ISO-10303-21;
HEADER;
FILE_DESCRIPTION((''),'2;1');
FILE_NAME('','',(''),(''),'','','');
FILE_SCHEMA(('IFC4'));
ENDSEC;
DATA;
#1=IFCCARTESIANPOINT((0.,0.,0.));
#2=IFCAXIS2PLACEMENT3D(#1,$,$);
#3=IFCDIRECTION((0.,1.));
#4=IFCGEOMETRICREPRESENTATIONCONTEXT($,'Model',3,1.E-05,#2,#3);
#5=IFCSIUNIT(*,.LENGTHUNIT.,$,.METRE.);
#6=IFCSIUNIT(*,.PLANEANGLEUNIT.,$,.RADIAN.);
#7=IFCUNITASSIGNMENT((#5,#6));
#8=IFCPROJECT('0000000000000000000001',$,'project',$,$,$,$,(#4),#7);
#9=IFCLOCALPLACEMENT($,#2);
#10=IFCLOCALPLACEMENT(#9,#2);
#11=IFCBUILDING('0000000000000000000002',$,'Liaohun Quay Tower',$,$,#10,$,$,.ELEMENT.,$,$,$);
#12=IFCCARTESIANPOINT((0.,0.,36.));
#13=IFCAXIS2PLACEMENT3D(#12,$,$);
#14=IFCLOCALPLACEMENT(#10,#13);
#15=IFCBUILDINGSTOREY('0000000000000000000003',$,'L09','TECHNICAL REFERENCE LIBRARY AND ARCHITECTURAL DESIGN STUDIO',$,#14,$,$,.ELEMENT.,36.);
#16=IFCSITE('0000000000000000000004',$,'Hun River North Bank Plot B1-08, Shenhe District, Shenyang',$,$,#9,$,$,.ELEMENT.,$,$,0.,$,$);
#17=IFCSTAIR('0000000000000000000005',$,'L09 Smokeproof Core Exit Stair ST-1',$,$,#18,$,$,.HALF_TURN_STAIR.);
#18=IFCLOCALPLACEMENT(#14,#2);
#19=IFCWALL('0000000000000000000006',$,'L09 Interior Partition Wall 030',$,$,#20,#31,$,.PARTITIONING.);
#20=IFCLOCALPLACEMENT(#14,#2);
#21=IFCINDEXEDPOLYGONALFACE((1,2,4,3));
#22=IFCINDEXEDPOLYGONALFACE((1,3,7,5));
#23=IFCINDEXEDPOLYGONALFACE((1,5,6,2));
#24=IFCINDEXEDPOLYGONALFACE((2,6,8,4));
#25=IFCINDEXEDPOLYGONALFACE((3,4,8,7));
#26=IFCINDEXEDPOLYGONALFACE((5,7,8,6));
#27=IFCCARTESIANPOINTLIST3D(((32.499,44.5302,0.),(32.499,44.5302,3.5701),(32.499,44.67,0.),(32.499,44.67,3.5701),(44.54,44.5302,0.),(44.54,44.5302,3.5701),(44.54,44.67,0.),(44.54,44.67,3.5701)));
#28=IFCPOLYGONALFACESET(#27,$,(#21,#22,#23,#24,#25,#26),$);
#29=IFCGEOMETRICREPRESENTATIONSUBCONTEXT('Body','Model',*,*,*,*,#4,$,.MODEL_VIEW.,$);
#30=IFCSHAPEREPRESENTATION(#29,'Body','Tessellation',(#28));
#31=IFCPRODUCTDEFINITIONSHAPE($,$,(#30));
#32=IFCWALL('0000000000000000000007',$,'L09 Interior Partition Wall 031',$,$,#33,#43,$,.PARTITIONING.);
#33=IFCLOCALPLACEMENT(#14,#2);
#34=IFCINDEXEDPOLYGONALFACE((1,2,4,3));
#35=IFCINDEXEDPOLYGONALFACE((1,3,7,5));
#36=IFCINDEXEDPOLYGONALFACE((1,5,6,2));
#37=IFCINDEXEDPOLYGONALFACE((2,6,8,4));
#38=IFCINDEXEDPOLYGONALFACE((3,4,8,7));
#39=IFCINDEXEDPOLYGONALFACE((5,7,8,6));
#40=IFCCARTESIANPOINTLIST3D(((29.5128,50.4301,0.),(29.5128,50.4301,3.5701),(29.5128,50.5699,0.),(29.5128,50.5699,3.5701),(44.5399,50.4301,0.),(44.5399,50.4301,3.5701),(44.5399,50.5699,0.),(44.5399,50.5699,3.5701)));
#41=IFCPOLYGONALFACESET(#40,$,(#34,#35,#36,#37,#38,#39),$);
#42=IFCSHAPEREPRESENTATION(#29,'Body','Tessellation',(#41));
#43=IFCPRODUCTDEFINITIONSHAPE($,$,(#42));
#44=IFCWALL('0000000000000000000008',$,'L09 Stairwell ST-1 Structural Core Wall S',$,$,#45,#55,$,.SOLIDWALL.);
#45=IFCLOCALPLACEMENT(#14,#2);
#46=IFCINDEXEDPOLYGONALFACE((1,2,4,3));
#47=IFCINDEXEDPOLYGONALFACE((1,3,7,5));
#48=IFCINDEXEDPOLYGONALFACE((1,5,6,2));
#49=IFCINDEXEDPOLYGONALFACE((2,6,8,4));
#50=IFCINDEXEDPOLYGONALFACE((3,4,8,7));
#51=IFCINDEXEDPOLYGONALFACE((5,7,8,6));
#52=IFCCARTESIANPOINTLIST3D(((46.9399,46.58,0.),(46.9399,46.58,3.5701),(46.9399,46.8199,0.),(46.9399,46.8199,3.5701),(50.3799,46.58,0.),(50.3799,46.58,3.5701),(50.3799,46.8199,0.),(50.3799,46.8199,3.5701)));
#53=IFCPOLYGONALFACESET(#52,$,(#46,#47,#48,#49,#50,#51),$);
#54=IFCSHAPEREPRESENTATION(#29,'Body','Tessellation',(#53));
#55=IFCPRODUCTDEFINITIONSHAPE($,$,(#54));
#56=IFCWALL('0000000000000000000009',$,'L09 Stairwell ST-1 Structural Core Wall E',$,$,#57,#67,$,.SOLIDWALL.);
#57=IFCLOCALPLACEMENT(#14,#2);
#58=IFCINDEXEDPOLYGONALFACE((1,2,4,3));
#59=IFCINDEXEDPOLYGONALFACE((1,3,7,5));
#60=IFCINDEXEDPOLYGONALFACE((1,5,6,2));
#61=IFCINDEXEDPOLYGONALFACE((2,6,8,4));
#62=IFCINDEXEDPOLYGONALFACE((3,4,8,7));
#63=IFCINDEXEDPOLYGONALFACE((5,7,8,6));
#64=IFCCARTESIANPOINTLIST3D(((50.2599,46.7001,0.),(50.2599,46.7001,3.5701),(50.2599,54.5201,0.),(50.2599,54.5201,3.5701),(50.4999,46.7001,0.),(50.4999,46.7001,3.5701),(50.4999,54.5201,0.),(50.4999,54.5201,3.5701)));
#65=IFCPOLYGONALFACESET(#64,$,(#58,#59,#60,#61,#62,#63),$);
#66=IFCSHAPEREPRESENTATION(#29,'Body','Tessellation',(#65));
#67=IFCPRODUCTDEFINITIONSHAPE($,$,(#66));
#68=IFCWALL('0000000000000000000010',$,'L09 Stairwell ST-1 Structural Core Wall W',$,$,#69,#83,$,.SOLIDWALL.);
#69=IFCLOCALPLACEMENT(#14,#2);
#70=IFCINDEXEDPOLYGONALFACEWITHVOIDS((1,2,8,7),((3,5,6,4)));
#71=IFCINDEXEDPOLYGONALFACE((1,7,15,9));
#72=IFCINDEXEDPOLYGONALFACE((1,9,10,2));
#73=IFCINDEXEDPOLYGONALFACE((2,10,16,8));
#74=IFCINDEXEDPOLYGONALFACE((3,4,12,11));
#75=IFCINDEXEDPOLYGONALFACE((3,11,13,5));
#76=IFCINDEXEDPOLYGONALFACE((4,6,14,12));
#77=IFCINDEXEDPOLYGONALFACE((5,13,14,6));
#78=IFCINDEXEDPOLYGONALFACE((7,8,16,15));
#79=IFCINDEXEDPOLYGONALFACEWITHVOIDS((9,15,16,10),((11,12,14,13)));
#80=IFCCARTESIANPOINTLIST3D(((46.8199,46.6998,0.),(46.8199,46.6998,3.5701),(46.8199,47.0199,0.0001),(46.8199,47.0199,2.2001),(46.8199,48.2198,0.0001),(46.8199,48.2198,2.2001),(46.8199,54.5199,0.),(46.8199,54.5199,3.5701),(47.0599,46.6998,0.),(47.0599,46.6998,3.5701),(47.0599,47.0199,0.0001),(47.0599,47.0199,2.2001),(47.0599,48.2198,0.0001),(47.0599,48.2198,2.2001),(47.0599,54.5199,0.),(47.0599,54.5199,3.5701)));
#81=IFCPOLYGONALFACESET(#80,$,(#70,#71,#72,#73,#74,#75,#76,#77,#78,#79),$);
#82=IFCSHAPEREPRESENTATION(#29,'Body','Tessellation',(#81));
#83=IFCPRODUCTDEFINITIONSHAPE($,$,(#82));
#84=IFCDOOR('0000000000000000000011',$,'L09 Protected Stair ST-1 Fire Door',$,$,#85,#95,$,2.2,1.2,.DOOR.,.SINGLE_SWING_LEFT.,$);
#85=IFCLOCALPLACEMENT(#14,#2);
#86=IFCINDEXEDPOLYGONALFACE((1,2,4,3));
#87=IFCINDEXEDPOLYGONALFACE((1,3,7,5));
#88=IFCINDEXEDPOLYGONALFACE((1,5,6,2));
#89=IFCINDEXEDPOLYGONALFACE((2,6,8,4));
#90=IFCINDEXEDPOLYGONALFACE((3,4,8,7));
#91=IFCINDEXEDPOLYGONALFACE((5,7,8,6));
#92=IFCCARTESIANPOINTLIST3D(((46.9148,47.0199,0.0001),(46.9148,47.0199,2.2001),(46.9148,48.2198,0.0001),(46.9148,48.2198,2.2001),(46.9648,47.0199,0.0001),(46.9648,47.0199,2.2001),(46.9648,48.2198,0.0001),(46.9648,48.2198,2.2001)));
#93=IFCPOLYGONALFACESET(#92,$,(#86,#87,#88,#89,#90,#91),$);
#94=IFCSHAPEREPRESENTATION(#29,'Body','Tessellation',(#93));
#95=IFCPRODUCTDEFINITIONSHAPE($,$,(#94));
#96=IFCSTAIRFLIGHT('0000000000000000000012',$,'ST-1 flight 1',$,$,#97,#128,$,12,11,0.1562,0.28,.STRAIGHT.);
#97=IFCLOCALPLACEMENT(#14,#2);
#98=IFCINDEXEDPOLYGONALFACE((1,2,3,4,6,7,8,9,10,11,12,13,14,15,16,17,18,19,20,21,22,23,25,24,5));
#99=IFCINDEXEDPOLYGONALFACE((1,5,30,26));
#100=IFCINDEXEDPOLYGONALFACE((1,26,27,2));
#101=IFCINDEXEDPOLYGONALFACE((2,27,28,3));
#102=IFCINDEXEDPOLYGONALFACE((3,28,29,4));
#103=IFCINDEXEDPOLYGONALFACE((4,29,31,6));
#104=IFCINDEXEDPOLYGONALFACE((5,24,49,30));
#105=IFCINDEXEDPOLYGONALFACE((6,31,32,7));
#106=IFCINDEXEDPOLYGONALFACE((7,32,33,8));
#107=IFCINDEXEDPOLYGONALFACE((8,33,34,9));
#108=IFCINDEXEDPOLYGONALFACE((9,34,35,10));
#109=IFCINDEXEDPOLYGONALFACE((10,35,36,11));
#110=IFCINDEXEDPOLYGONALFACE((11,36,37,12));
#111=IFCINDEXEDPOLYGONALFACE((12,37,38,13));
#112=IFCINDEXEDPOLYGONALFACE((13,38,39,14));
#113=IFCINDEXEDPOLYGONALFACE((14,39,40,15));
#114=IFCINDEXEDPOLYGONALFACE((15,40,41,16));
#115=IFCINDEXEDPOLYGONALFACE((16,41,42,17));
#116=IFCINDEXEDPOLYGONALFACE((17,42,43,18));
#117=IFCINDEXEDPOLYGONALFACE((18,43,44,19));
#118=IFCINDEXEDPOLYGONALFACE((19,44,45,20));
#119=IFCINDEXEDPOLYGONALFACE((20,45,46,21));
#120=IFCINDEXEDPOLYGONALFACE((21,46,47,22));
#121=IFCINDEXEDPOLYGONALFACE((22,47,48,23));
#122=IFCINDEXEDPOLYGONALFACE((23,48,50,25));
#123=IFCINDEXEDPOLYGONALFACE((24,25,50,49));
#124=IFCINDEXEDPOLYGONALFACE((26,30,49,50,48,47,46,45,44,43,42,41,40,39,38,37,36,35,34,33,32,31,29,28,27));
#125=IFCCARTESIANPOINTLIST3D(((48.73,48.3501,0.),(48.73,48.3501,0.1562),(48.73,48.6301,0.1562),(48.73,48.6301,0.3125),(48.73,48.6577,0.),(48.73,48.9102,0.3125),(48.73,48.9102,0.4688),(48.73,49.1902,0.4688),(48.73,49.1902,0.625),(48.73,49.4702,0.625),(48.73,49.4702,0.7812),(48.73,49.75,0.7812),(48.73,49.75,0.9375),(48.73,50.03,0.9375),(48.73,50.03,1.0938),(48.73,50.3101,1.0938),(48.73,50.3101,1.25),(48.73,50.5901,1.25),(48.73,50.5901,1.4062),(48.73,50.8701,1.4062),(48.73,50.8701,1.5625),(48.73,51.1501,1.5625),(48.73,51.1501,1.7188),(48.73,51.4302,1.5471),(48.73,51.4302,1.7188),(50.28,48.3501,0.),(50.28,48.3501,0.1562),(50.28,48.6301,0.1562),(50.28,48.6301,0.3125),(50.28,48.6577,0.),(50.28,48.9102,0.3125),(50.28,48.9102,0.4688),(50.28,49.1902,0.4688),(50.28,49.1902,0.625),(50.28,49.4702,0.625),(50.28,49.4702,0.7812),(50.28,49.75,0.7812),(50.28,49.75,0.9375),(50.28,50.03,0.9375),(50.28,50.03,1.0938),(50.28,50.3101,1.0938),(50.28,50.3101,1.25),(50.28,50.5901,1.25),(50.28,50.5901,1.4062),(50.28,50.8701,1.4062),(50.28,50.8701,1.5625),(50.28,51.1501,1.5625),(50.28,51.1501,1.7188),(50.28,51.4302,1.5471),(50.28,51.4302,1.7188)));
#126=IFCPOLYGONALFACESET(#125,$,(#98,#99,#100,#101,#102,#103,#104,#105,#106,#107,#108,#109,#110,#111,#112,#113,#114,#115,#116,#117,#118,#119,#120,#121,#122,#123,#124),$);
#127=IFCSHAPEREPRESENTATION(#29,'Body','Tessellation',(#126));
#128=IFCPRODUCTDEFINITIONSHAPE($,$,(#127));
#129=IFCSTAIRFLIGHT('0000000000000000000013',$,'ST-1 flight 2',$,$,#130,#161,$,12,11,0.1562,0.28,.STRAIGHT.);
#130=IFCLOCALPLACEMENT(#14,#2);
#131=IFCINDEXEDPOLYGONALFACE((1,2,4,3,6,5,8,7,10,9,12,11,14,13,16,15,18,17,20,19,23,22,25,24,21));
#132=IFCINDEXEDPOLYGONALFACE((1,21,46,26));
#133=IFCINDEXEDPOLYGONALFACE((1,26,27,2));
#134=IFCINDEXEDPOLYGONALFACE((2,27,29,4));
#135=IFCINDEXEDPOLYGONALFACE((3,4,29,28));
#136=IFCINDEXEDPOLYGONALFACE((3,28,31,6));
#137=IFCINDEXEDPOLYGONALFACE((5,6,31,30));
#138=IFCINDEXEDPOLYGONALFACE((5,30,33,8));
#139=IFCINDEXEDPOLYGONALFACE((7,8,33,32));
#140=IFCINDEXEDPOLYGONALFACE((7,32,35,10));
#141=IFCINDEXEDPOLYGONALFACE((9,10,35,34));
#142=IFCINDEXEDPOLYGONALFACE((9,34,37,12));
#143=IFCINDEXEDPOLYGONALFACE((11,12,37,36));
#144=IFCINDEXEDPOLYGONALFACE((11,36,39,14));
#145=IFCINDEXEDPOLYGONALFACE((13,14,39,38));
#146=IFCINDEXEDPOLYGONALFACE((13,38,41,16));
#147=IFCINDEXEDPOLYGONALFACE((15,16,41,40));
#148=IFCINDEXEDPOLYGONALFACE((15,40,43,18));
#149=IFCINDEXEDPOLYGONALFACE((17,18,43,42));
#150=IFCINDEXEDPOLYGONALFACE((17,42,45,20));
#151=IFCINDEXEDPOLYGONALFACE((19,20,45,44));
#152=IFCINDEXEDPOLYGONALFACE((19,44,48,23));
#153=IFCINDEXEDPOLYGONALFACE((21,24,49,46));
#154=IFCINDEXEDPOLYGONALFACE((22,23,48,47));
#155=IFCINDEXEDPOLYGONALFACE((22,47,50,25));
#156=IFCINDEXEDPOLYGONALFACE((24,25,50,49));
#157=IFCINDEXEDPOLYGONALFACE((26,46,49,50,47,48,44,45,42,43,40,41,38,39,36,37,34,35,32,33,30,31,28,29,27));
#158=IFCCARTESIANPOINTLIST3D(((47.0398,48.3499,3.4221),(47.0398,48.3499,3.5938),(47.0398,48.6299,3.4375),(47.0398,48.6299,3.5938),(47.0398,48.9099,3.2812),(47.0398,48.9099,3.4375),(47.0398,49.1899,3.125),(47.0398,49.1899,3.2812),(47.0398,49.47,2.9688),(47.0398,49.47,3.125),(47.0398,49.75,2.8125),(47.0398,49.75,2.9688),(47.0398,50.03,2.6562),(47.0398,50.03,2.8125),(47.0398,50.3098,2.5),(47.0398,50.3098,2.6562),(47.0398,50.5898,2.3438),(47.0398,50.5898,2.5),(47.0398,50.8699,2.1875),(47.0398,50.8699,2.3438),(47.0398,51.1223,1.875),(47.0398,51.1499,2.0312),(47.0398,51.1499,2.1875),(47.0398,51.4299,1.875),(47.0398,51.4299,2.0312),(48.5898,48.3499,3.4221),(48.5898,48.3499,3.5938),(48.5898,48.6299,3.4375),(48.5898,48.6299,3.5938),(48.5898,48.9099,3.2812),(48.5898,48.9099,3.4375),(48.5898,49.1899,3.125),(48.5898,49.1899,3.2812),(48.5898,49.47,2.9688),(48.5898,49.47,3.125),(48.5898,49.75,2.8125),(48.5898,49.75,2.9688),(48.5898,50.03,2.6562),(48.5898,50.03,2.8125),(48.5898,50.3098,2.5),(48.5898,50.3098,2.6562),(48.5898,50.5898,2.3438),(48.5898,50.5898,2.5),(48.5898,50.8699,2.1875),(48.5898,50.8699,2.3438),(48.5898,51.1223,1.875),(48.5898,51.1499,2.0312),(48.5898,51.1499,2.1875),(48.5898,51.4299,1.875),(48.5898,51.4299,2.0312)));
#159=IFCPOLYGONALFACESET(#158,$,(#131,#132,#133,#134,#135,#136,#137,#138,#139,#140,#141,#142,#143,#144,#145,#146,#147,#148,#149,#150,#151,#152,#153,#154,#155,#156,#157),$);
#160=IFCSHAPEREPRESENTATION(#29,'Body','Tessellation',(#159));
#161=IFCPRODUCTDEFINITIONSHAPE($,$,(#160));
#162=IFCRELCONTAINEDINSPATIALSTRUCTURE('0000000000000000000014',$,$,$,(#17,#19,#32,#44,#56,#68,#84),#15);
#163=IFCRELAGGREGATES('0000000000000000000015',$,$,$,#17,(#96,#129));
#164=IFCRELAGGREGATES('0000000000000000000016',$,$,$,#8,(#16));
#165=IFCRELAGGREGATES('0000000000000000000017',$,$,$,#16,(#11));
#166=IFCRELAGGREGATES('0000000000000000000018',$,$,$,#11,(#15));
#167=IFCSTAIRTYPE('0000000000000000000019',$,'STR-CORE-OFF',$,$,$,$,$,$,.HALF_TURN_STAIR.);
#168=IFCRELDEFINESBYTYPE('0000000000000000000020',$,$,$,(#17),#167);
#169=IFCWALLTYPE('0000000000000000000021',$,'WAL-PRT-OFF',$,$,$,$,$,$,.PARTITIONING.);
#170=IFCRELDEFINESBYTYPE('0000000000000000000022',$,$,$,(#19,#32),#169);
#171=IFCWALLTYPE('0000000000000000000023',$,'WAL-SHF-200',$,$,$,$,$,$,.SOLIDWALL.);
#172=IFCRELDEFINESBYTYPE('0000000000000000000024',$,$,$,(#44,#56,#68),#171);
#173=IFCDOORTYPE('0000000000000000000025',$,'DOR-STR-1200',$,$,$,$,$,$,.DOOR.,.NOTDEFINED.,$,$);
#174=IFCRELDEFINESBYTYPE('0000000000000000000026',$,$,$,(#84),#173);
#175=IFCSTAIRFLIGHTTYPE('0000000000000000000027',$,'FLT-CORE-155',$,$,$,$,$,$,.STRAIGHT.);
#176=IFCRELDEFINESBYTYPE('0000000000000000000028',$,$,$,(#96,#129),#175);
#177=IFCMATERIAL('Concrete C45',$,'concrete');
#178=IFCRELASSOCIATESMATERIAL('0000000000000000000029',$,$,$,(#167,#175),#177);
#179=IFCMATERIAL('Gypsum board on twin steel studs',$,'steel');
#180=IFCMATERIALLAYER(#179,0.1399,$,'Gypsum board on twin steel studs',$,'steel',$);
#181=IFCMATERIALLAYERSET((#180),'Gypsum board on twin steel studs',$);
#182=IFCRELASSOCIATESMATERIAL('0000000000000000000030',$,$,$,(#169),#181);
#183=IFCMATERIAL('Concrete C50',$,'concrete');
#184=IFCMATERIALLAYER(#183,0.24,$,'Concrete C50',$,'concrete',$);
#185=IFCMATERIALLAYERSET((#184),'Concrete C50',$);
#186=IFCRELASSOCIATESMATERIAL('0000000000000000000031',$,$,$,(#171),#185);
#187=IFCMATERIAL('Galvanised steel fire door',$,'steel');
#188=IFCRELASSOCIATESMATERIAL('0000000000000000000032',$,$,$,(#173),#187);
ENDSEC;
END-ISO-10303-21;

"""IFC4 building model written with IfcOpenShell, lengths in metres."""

from ifc_helpers import new_model, si_unit, direction, frame, frame_2d, origin, place, context, subcontext, project, spatial, polyline, rectangle, outline, extrude, source, transform, mapped, material, layer, layer_set, type_object, element, fill, aggregate, save


model = new_model("IFC4")

# Units and contexts
model_context = context("Model", 3, precision=1e-05, world=origin(), true_north=direction((0.0, 1.0)))
body_context = subcontext(model_context, "Body", "Model", "MODEL_VIEW")
ifc_project = project(units=[si_unit("LENGTHUNIT", "METRE"), si_unit("PLANEANGLEUNIT", "RADIAN")], contexts=[model_context])

# Site, building, storey
site_placement = place(None, origin())
site = spatial("IfcSite", under=ifc_project, at=site_placement, Name="Hun River North Bank Plot B1-08, Shenhe District, Shenyang", CompositionType="ELEMENT", RefElevation=0.0)
building_placement = place(site_placement, origin())
building = spatial("IfcBuilding", under=site, at=building_placement, Name="Liaohun Quay Tower", CompositionType="ELEMENT")
storey_placement = place(building_placement, frame((0.0, 0.0, 36.0)))
storey = spatial("IfcBuildingStorey", under=building, at=storey_placement, Name="L09", Description="TECHNICAL REFERENCE LIBRARY AND ARCHITECTURAL DESIGN STUDIO", CompositionType="ELEMENT", Elevation=36.0)

# Stair
ifc_material_1 = material(Name="Concrete C45", Category="concrete")
stair_type = type_object("IfcStairType", Name="STR-CORE-OFF", PredefinedType="HALF_TURN_STAIR", material=ifc_material_1)
stair_1_placement = place(storey_placement, origin())
stair_1 = element("IfcStair", 1, at=stair_1_placement, inside=storey, type_object=stair_type, Name="L09 Smokeproof Core Exit Stair ST-1", PredefinedType="HALF_TURN_STAIR")

# Walls
ifc_material_2 = material(Name="Gypsum board on twin steel studs", Category="steel")
ifc_layer_1 = layer(ifc_material_2, 0.1399, Name="Gypsum board on twin steel studs", Category="steel")
ifc_layer_set_1 = layer_set([ifc_layer_1], Name="Gypsum board on twin steel studs")
wall_type_1 = type_object("IfcWallType", Name="WAL-PRT-OFF", PredefinedType="PARTITIONING", material=ifc_layer_set_1)
wall_1_placement = place(storey_placement, frame((44.54, 44.6001, 0.0), z_axis=(0.0, 0.0, 1.0), x_axis=(-1.0, 0.0, 0.0)))
element("IfcWall", 2, at=wall_1_placement, inside=storey, type_object=wall_type_1, Name="L09 Interior Partition Wall 030", PredefinedType="PARTITIONING", context=body_context, shape_type="SweptSolid", body=[
    extrude(rectangle(XDim=12.041, YDim=0.1399, at=frame_2d((6.0205, 0.0))), origin(), (0.0, 0.0, 1.0), 3.5701),
])
wall_2_placement = place(storey_placement, frame((44.54, 50.5, 0.0), z_axis=(0.0, 0.0, 1.0), x_axis=(-1.0, 0.0, 0.0)))
element("IfcWall", 3, at=wall_2_placement, inside=storey, type_object=wall_type_1, Name="L09 Interior Partition Wall 031", PredefinedType="PARTITIONING", context=body_context, shape_type="SweptSolid", body=[
    extrude(rectangle(XDim=15.0271, YDim=0.1399, at=frame_2d((7.5137, 0.0))), origin(), (0.0, 0.0, 1.0), 3.5701),
])
ifc_material_3 = material(Name="Concrete C50", Category="concrete")
ifc_layer_2 = layer(ifc_material_3, 0.24, Name="Concrete C50", Category="concrete")
ifc_layer_set_2 = layer_set([ifc_layer_2], Name="Concrete C50")
wall_type_2 = type_object("IfcWallType", Name="WAL-SHF-200", PredefinedType="SOLIDWALL", material=ifc_layer_set_2)
wall_3_placement = place(storey_placement, frame((46.9399, 46.7, 0.0), z_axis=(0.0, 0.0, 1.0), x_axis=(1.0, 0.0, 0.0)))
element("IfcWall", 4, at=wall_3_placement, inside=storey, type_object=wall_type_2, Name="L09 Stairwell ST-1 Structural Core Wall S", PredefinedType="SOLIDWALL", context=body_context, shape_type="SweptSolid", body=[
    extrude(rectangle(XDim=3.4399, YDim=0.24, at=frame_2d((1.72, 0.0))), origin(), (0.0, 0.0, 1.0), 3.5701),
])
wall_4_placement = place(storey_placement, frame((50.3799, 46.7, 0.0), z_axis=(0.0, 0.0, 1.0), x_axis=(0.0, 1.0, 0.0)))
element("IfcWall", 5, at=wall_4_placement, inside=storey, type_object=wall_type_2, Name="L09 Stairwell ST-1 Structural Core Wall E", PredefinedType="SOLIDWALL", context=body_context, shape_type="SweptSolid", body=[
    extrude(rectangle(XDim=7.8201, YDim=0.24, at=frame_2d((3.9102, 0.0))), origin(), (0.0, 0.0, 1.0), 3.5701),
])

# Wall, opening, door
wall_5_placement = place(storey_placement, frame((46.9399, 54.52, 0.0), z_axis=(0.0, 0.0, 1.0), x_axis=(0.0, -1.0, 0.0)))
wall_5 = element("IfcWall", 6, at=wall_5_placement, inside=storey, type_object=wall_type_2, Name="L09 Stairwell ST-1 Structural Core Wall W", PredefinedType="SOLIDWALL", context=body_context, shape_type="SweptSolid", body=[
    extrude(rectangle(XDim=7.8201, YDim=0.24, at=frame_2d((3.9102, 0.0))), origin(), (0.0, 0.0, 1.0), 3.5701),
])
shared_shape_1 = source(origin(), body_context, "Body", "SweptSolid", [
    extrude(rectangle(XDim=1.2, YDim=2.2, at=frame_2d((0.6001, 1.1001))), frame((0.0, 0.1299, 0.0), z_axis=(0.0, -1.0, 0.0), x_axis=(1.0, 0.0, 0.0)), (0.0, 0.0, 1.0), 0.26),
])
opening_1_placement = place(wall_5_placement, frame((6.3, 0.0, 0.0)))
opening_1 = element("IfcOpeningElement", 7, at=opening_1_placement, cuts=wall_5, PredefinedType="OPENING", context=body_context, shape_type="MappedRepresentation", body=[
    mapped(shared_shape_1, transform((0.0, 0.0, 0.0), x_axis=(1.0, 0.0, 0.0), y_axis=(0.0, 1.0, 0.0), z_axis=(0.0, 0.0, 1.0), scale=1.0)),
])
ifc_material_4 = material(Name="Galvanised steel fire door", Category="steel")
door_type_1 = type_object("IfcDoorType", Name="DOR-STR-1200", OperationType="NOTDEFINED", PredefinedType="DOOR", material=ifc_material_4)
shared_shape_2 = source(origin(), body_context, "Body", "SweptSolid", [
    extrude(rectangle(XDim=1.2, YDim=2.2, at=frame_2d((0.6001, 1.1001))), frame((0.0, 0.0249, 0.0), z_axis=(0.0, -1.0, 0.0), x_axis=(1.0, 0.0, 0.0)), (0.0, 0.0, 1.0), 0.05),
])
door_1_placement = place(opening_1_placement, origin())
door_1 = element("IfcDoor", 8, at=door_1_placement, inside=storey, type_object=door_type_1, Name="L09 Protected Stair ST-1 Fire Door", OperationType="SINGLE_SWING_LEFT", OverallHeight=2.2, OverallWidth=1.2, PredefinedType="DOOR", context=body_context, shape_type="MappedRepresentation", body=[
    mapped(shared_shape_2, transform((0.0, 0.0, 0.0), x_axis=(1.0, 0.0, 0.0), y_axis=(0.0, 1.0, 0.0), z_axis=(0.0, 0.0, 1.0), scale=1.0)),
])
fill(opening_1, door_1)

# Stair flights
stair_flight_type = type_object("IfcStairFlightType", Name="FLT-CORE-155", PredefinedType="STRAIGHT", material=ifc_material_1)
stair_flight_1_placement = place(storey_placement, frame((49.5049, 48.3501, 0.0), z_axis=(0.0, 0.0, 1.0), x_axis=(0.0, 1.0, 0.0)))
stair_flight_1 = element("IfcStairFlight", 9, at=stair_flight_1_placement, type_object=stair_flight_type, Name="ST-1 flight 1", NumberOfRisers=12, NumberOfTreads=11, PredefinedType="STRAIGHT", RiserHeight=0.1562, TreadLength=0.28, context=body_context, shape_type="SweptSolid", body=[
    extrude(outline(polyline([(0.0, 0.0), (0.0, 0.1562), (0.28, 0.1562), (0.28, 0.3125), (0.5601, 0.3125), (0.5601, 0.4688), (0.8401, 0.4688), (0.8401, 0.625), (1.1201, 0.625), (1.1201, 0.7812), (1.3999, 0.7812), (1.3999, 0.9375), (1.6799, 0.9375), (1.6799, 1.0938), (1.96, 1.0938), (1.96, 1.25), (2.24, 1.25), (2.24, 1.4062), (2.52, 1.4062), (2.52, 1.5625), (2.8, 1.5625), (2.8, 1.7188), (3.0801, 1.7188), (3.0801, 1.875), (3.0801, 1.5471), (0.3076, 0.0), (0.0, 0.0)])), frame((0.0, 0.7749, 0.0), z_axis=(0.0, -1.0, 0.0), x_axis=(1.0, 0.0, 0.0)), (0.0, 0.0, 1.0), 1.55),
])
stair_flight_2_placement = place(storey_placement, frame((47.8149, 51.4299, 1.875), z_axis=(0.0, 0.0, 1.0), x_axis=(0.0, -1.0, 0.0)))
stair_flight_2 = element("IfcStairFlight", 10, at=stair_flight_2_placement, type_object=stair_flight_type, Name="ST-1 flight 2", NumberOfRisers=12, NumberOfTreads=11, PredefinedType="STRAIGHT", RiserHeight=0.1562, TreadLength=0.28, context=body_context, shape_type="SweptSolid", body=[
    extrude(outline(polyline([(0.0, 0.0), (0.0, 0.1562), (0.28, 0.1562), (0.28, 0.3125), (0.5601, 0.3125), (0.5601, 0.4688), (0.8401, 0.4688), (0.8401, 0.625), (1.1201, 0.625), (1.1201, 0.7812), (1.3999, 0.7812), (1.3999, 0.9375), (1.6799, 0.9375), (1.6799, 1.0938), (1.96, 1.0938), (1.96, 1.25), (2.24, 1.25), (2.24, 1.4062), (2.52, 1.4062), (2.52, 1.5625), (2.8, 1.5625), (2.8, 1.7188), (3.0801, 1.7188), (3.0801, 1.875), (3.0801, 1.5471), (0.3076, 0.0), (0.0, 0.0)])), frame((0.0, 0.7749, 0.0), z_axis=(0.0, -1.0, 0.0), x_axis=(1.0, 0.0, 0.0)), (0.0, 0.0, 1.0), 1.55),
])
aggregate(stair_1, [stair_flight_1, stair_flight_2])

save(model, "model.ifc")
